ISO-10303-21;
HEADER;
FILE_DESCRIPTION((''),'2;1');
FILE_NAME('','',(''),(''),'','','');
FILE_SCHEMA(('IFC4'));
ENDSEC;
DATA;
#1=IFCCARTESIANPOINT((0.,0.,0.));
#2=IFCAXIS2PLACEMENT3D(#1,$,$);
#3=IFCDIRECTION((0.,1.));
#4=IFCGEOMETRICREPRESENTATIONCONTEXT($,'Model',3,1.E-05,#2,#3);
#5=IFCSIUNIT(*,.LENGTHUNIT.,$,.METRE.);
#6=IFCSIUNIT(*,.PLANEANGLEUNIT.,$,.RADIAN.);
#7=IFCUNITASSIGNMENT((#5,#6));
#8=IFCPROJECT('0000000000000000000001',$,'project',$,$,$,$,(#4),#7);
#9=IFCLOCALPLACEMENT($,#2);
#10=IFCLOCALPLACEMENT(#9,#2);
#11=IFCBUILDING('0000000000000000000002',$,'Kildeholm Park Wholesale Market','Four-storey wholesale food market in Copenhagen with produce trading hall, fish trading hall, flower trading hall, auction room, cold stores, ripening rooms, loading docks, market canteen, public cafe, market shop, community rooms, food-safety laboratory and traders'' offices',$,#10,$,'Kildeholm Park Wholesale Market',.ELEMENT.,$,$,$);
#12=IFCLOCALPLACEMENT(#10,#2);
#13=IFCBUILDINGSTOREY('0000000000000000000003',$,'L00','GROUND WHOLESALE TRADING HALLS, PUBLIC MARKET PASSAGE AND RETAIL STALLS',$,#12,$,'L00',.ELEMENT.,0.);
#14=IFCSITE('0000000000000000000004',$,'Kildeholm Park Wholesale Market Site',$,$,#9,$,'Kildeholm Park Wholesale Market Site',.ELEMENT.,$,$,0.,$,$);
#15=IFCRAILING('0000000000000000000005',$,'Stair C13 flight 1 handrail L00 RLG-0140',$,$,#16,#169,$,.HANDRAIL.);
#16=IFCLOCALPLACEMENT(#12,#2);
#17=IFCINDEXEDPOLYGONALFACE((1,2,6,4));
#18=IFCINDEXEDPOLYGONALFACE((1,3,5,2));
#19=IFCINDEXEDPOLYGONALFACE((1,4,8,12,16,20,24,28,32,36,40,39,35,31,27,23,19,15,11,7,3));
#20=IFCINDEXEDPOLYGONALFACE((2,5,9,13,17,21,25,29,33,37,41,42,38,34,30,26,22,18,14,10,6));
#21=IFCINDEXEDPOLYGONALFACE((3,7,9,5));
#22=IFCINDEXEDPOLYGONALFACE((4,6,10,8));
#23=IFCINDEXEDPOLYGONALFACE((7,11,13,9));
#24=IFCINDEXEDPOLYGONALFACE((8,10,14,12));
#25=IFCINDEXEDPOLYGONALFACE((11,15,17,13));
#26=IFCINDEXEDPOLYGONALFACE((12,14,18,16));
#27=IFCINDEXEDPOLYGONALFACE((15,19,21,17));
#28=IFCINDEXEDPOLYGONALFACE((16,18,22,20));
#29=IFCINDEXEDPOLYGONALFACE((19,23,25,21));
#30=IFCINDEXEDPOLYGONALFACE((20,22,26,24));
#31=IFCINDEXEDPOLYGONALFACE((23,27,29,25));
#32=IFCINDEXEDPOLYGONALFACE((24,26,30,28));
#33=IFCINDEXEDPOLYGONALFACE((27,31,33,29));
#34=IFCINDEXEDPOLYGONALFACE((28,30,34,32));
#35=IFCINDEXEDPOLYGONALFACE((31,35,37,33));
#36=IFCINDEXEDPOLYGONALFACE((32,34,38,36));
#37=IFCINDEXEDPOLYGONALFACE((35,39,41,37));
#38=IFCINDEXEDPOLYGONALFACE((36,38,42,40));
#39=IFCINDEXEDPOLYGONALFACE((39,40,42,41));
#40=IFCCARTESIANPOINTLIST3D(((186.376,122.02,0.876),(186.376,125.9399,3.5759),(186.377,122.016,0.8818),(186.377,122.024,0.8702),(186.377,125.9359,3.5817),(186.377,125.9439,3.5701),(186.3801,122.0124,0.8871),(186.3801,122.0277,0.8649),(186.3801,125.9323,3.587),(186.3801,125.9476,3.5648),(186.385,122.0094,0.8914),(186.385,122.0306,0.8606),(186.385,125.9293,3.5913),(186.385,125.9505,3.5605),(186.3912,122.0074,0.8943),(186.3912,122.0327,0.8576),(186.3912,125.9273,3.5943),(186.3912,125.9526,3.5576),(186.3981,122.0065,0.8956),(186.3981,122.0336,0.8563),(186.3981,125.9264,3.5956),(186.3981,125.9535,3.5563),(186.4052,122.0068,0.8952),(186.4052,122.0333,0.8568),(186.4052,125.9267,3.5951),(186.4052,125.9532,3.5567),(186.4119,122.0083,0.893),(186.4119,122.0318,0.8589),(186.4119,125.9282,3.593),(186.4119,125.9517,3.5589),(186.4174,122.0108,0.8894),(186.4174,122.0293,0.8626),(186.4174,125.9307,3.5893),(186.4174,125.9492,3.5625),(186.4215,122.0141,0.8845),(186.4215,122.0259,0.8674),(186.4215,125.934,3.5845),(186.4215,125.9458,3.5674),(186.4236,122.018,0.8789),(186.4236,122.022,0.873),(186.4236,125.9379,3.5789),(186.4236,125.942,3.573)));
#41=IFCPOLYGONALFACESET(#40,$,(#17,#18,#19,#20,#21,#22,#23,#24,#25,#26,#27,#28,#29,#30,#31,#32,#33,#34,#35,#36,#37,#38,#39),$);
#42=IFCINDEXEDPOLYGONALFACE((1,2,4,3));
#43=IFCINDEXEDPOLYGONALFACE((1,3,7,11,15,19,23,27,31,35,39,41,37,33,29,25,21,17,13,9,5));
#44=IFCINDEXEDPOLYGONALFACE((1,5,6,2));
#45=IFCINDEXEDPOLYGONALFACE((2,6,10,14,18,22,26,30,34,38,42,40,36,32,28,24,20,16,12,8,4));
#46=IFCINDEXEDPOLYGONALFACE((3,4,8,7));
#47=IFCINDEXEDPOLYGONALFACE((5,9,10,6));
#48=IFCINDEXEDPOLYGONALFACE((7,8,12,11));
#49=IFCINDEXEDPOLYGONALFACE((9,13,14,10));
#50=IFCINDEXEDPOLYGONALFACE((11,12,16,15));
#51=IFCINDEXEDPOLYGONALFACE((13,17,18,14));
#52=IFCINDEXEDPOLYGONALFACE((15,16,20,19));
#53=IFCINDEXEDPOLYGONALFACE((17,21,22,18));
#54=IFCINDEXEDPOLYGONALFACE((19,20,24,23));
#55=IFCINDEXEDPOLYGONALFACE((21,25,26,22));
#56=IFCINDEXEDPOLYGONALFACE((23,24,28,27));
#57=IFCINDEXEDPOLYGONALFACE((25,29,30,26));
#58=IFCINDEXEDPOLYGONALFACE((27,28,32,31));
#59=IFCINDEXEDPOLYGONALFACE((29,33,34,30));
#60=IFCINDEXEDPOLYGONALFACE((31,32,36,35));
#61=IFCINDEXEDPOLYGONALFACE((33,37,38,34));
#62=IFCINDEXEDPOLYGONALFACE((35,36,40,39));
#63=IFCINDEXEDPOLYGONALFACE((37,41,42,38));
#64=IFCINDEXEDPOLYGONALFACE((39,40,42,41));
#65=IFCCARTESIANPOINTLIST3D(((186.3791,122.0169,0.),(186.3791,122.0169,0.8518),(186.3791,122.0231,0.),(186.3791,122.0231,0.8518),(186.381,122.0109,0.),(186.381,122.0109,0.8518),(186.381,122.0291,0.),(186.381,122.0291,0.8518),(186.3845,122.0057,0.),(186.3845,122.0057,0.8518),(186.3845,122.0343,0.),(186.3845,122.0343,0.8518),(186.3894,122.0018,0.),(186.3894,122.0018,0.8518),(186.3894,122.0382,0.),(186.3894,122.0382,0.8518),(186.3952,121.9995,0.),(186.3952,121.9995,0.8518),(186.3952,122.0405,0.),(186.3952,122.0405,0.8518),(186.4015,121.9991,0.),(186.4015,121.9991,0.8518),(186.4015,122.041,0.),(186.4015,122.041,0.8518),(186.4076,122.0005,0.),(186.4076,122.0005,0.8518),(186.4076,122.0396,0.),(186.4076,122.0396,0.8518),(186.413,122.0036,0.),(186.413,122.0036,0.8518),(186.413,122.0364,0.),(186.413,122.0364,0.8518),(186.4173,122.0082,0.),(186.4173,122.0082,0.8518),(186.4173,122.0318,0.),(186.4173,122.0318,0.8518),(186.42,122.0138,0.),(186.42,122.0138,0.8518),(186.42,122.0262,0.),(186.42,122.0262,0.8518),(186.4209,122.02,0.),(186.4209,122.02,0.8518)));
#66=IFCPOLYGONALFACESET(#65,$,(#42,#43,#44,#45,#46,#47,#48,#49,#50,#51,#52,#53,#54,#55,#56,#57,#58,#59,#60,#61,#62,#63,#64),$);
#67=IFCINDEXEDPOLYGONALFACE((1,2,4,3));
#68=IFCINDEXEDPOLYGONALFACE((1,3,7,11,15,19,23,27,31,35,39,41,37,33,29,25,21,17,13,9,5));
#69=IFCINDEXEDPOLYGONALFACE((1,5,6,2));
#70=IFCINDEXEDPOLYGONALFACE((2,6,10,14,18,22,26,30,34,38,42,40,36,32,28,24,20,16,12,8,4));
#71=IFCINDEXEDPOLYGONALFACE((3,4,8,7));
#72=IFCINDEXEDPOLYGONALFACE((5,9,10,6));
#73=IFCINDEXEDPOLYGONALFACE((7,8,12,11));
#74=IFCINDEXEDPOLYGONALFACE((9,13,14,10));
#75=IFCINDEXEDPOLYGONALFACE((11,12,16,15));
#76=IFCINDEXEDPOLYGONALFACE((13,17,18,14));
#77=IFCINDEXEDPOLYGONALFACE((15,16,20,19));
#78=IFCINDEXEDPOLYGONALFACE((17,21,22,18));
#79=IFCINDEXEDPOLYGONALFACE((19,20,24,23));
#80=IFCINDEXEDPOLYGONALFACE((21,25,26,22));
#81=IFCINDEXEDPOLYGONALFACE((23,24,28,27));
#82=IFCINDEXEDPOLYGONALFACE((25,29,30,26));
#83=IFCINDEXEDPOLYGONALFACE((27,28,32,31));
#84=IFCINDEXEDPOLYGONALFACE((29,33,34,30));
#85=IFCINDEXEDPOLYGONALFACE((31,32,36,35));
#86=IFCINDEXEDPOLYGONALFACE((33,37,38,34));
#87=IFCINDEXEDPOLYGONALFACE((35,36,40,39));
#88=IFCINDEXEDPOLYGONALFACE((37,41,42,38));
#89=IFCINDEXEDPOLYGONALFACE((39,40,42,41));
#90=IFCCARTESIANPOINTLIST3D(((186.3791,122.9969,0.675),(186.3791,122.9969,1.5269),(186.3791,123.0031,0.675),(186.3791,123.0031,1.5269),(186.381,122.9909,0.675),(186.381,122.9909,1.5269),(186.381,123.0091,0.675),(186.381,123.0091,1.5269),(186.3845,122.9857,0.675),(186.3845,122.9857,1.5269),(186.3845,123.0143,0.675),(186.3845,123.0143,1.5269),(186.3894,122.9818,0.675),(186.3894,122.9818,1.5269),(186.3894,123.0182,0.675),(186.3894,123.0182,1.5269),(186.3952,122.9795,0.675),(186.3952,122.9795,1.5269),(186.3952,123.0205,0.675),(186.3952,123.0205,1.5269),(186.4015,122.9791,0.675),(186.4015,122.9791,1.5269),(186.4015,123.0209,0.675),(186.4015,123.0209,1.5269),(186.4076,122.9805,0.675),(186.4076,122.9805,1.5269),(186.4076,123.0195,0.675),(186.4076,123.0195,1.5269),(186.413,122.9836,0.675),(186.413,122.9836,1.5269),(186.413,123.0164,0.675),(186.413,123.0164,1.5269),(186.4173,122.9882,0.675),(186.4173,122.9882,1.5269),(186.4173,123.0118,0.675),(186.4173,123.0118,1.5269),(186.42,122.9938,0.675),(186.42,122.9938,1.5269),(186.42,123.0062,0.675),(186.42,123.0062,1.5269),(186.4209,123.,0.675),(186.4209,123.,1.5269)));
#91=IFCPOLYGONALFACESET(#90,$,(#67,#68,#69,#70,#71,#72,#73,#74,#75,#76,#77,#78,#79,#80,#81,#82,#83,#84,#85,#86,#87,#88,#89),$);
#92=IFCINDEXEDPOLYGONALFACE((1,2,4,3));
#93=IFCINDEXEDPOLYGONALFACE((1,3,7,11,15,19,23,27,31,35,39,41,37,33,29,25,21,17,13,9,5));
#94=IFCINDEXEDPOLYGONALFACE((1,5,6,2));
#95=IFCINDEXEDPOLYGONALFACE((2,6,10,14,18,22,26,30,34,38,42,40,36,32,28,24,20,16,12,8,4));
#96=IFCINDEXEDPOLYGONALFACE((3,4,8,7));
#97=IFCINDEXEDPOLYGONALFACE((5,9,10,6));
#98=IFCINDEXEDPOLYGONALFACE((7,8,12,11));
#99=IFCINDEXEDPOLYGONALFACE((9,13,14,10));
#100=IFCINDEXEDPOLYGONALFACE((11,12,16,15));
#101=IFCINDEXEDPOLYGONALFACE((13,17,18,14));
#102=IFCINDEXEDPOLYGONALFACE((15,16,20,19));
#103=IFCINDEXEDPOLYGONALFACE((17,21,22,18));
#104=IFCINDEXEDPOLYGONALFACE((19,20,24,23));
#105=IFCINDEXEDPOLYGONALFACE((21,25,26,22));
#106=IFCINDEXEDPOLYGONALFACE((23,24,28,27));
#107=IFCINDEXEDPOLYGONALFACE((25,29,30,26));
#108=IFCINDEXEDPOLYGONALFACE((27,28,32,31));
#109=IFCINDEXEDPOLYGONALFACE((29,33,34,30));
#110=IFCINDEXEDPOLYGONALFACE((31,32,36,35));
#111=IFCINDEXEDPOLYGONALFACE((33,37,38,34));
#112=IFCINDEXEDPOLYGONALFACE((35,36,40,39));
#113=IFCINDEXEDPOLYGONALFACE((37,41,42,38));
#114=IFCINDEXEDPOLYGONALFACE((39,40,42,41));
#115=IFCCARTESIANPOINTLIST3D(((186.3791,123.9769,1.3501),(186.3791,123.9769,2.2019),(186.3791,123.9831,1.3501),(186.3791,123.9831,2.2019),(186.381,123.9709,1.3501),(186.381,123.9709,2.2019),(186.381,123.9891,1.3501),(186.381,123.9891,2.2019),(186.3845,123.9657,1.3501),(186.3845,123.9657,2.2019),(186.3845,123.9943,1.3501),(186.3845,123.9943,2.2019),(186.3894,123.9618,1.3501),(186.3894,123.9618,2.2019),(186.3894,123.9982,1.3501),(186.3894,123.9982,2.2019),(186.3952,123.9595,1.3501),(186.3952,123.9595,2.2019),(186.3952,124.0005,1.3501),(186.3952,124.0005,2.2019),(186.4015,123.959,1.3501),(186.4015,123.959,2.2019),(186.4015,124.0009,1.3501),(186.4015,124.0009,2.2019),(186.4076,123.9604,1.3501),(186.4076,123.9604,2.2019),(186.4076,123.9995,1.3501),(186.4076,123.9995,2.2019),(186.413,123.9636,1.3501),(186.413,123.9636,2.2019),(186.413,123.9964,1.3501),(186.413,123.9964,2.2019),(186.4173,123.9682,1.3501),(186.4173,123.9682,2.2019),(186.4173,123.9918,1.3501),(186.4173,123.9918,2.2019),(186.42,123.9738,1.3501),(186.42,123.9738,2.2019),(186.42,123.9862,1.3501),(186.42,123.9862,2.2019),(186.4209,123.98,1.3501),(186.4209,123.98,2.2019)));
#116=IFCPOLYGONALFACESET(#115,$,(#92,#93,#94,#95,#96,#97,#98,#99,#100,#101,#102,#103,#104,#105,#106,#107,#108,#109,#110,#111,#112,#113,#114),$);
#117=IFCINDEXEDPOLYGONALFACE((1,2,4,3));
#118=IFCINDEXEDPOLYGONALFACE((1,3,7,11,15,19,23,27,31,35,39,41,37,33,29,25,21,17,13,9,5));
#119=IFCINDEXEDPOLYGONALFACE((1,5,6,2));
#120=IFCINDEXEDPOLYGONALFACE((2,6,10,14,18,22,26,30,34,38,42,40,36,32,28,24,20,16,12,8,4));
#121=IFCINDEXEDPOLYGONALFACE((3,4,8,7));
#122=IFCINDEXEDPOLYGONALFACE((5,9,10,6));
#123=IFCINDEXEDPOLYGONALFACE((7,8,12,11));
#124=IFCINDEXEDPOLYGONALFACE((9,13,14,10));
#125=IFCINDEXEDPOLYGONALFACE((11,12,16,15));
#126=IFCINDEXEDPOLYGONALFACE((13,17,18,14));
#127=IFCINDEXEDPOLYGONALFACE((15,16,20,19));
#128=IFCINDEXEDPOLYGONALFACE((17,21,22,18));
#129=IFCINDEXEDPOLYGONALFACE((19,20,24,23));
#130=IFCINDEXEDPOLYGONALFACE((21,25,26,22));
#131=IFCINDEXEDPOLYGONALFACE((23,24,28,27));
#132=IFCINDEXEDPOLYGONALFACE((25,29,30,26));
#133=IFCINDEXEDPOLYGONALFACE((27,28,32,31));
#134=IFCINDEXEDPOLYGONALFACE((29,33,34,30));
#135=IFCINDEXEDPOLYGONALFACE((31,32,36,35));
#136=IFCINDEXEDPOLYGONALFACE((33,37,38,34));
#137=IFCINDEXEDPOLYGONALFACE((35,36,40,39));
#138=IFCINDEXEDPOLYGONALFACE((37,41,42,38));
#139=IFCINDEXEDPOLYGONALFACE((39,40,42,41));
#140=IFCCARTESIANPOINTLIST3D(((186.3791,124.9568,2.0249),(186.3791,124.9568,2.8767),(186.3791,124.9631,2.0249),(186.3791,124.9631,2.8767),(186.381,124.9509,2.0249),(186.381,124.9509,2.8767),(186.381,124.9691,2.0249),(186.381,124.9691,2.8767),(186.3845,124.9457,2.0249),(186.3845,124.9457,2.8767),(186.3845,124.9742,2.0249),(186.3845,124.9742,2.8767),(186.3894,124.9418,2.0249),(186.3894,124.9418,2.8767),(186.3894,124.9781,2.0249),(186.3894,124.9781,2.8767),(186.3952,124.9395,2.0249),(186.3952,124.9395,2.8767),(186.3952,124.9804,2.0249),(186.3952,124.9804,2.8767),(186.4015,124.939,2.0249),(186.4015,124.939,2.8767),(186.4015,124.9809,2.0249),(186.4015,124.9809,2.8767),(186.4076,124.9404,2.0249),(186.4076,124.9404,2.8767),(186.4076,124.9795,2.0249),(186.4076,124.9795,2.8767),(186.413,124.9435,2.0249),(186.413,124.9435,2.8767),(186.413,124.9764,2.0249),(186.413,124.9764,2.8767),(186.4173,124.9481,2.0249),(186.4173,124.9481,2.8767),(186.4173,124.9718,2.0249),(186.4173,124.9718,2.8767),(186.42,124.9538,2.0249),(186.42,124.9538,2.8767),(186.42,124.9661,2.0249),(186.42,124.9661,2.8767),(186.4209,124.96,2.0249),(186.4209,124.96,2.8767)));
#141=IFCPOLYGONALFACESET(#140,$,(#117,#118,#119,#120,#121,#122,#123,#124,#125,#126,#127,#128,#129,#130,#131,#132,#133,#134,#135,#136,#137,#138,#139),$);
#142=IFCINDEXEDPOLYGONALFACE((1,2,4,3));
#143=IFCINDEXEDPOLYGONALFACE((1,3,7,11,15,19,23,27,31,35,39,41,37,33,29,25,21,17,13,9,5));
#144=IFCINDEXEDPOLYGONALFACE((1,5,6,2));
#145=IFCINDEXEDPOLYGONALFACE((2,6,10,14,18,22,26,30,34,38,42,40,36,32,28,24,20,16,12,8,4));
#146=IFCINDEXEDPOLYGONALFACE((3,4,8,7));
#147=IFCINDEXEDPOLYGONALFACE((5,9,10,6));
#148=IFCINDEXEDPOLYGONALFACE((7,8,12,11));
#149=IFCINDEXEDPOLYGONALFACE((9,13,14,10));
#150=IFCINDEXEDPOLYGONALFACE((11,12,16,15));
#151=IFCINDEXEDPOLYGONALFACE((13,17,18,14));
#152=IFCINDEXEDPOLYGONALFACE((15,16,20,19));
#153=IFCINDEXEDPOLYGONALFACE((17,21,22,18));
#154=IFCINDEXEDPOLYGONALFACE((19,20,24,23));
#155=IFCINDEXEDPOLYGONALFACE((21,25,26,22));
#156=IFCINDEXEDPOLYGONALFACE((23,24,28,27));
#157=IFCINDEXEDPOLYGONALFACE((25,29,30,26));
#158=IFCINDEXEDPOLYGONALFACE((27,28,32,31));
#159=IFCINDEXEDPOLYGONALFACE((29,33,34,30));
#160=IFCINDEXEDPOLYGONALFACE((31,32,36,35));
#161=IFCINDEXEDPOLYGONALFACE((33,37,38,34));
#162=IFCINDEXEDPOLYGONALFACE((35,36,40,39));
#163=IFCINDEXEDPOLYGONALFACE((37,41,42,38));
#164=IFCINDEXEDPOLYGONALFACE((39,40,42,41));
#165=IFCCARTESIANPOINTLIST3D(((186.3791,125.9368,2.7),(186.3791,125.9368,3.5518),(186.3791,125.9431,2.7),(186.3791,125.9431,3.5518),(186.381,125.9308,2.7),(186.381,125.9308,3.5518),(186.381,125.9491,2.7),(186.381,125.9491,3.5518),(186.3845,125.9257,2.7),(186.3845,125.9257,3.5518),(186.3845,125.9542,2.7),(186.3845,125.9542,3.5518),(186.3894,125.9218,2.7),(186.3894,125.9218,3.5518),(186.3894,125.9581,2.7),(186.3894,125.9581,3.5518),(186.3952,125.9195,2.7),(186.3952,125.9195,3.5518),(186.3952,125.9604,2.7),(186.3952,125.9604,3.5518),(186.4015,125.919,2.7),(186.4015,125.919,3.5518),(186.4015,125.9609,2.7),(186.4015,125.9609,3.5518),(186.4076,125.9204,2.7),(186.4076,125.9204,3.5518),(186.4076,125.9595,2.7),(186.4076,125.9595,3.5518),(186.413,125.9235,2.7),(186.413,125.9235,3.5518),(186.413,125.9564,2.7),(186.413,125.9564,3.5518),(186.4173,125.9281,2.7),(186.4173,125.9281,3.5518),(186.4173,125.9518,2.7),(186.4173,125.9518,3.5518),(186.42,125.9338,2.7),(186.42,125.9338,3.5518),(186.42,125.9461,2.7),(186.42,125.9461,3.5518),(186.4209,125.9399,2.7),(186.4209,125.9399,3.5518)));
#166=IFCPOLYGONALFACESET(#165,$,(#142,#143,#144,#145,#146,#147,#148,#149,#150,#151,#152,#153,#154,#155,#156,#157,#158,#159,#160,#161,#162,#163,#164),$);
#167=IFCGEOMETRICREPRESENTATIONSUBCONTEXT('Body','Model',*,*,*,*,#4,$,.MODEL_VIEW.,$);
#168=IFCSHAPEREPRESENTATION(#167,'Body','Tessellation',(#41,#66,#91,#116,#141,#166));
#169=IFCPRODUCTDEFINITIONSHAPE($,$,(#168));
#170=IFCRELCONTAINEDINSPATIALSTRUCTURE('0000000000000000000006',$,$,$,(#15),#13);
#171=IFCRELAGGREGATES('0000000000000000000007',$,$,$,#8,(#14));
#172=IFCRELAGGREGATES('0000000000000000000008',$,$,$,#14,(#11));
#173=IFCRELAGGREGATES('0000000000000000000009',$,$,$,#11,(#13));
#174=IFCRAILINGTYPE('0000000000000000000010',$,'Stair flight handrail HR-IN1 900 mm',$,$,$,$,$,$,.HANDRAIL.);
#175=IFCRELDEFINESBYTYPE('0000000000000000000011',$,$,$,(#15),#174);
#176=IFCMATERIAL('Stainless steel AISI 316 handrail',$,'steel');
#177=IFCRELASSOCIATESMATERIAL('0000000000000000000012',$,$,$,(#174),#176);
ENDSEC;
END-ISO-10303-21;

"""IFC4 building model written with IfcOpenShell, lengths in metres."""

from ifc_helpers import new_model, si_unit, direction, frame, origin, origin_2d, place, context, subcontext, project, spatial, circle, extrude, material, type_object, element, save


model = new_model("IFC4")

# Units and contexts
model_context = context("Model", 3, precision=1e-05, world=origin(), true_north=direction((0.0, 1.0)))
body_context = subcontext(model_context, "Body", "Model", "MODEL_VIEW")
ifc_project = project(units=[si_unit("LENGTHUNIT", "METRE"), si_unit("PLANEANGLEUNIT", "RADIAN")], contexts=[model_context])

# Site, building, storey
site_placement = place(None, origin())
site = spatial("IfcSite", under=ifc_project, at=site_placement, Name="Kildeholm Park Wholesale Market Site", LongName="Kildeholm Park Wholesale Market Site", CompositionType="ELEMENT", RefElevation=0.0)
building_placement = place(site_placement, origin())
building = spatial("IfcBuilding", under=site, at=building_placement, Name="Kildeholm Park Wholesale Market", Description="Four-storey wholesale food market in Copenhagen with produce trading hall, fish trading hall, flower trading hall, auction room, cold stores, ripening rooms, loading docks, market canteen, public cafe, market shop, community rooms, food-safety laboratory and traders' offices", LongName="Kildeholm Park Wholesale Market", CompositionType="ELEMENT")
storey_placement = place(building_placement, origin())
storey = spatial("IfcBuildingStorey", under=building, at=storey_placement, Name="L00", Description="GROUND WHOLESALE TRADING HALLS, PUBLIC MARKET PASSAGE AND RETAIL STALLS", LongName="L00", CompositionType="ELEMENT", Elevation=0.0)

# Railing
ifc_material_1 = material(Name="Stainless steel AISI 316 handrail", Category="steel")
railing_type_1 = type_object("IfcRailingType", Name="Stair flight handrail HR-IN1 900 mm", PredefinedType="HANDRAIL", material=ifc_material_1)
railing_1_placement = place(storey_placement, frame((186.3999, 122.02, 0.0)))
element("IfcRailing", 1, at=railing_1_placement, inside=storey, type_object=railing_type_1, Name="Stair C13 flight 1 handrail L00 RLG-0140", PredefinedType="HANDRAIL", context=body_context, shape_type="SweptSolid", body=[
    extrude(circle(Radius=0.0239, at=origin_2d()), frame((0.0, 0.0, 0.876), z_axis=(0.0, 0.823551, 0.567243), x_axis=(-1.0, 0.0, 0.0)), (0.0, 0.0, 1.0), 4.7598),
    extrude(circle(Radius=0.021, at=origin_2d()), origin(), (0.0, 0.0, 1.0), 0.8518),
    extrude(circle(Radius=0.021, at=origin_2d()), frame((0.0, 0.98, 0.675)), (0.0, 0.0, 1.0), 0.8518),
    extrude(circle(Radius=0.021, at=origin_2d()), frame((0.0, 1.96, 1.3501)), (0.0, 0.0, 1.0), 0.8518),
    extrude(circle(Radius=0.021, at=origin_2d()), frame((0.0, 2.9399, 2.0249)), (0.0, 0.0, 1.0), 0.8518),
    extrude(circle(Radius=0.021, at=origin_2d()), frame((0.0, 3.9199, 2.7)), (0.0, 0.0, 1.0), 0.8518),
])

save(model, "model.ifc")
